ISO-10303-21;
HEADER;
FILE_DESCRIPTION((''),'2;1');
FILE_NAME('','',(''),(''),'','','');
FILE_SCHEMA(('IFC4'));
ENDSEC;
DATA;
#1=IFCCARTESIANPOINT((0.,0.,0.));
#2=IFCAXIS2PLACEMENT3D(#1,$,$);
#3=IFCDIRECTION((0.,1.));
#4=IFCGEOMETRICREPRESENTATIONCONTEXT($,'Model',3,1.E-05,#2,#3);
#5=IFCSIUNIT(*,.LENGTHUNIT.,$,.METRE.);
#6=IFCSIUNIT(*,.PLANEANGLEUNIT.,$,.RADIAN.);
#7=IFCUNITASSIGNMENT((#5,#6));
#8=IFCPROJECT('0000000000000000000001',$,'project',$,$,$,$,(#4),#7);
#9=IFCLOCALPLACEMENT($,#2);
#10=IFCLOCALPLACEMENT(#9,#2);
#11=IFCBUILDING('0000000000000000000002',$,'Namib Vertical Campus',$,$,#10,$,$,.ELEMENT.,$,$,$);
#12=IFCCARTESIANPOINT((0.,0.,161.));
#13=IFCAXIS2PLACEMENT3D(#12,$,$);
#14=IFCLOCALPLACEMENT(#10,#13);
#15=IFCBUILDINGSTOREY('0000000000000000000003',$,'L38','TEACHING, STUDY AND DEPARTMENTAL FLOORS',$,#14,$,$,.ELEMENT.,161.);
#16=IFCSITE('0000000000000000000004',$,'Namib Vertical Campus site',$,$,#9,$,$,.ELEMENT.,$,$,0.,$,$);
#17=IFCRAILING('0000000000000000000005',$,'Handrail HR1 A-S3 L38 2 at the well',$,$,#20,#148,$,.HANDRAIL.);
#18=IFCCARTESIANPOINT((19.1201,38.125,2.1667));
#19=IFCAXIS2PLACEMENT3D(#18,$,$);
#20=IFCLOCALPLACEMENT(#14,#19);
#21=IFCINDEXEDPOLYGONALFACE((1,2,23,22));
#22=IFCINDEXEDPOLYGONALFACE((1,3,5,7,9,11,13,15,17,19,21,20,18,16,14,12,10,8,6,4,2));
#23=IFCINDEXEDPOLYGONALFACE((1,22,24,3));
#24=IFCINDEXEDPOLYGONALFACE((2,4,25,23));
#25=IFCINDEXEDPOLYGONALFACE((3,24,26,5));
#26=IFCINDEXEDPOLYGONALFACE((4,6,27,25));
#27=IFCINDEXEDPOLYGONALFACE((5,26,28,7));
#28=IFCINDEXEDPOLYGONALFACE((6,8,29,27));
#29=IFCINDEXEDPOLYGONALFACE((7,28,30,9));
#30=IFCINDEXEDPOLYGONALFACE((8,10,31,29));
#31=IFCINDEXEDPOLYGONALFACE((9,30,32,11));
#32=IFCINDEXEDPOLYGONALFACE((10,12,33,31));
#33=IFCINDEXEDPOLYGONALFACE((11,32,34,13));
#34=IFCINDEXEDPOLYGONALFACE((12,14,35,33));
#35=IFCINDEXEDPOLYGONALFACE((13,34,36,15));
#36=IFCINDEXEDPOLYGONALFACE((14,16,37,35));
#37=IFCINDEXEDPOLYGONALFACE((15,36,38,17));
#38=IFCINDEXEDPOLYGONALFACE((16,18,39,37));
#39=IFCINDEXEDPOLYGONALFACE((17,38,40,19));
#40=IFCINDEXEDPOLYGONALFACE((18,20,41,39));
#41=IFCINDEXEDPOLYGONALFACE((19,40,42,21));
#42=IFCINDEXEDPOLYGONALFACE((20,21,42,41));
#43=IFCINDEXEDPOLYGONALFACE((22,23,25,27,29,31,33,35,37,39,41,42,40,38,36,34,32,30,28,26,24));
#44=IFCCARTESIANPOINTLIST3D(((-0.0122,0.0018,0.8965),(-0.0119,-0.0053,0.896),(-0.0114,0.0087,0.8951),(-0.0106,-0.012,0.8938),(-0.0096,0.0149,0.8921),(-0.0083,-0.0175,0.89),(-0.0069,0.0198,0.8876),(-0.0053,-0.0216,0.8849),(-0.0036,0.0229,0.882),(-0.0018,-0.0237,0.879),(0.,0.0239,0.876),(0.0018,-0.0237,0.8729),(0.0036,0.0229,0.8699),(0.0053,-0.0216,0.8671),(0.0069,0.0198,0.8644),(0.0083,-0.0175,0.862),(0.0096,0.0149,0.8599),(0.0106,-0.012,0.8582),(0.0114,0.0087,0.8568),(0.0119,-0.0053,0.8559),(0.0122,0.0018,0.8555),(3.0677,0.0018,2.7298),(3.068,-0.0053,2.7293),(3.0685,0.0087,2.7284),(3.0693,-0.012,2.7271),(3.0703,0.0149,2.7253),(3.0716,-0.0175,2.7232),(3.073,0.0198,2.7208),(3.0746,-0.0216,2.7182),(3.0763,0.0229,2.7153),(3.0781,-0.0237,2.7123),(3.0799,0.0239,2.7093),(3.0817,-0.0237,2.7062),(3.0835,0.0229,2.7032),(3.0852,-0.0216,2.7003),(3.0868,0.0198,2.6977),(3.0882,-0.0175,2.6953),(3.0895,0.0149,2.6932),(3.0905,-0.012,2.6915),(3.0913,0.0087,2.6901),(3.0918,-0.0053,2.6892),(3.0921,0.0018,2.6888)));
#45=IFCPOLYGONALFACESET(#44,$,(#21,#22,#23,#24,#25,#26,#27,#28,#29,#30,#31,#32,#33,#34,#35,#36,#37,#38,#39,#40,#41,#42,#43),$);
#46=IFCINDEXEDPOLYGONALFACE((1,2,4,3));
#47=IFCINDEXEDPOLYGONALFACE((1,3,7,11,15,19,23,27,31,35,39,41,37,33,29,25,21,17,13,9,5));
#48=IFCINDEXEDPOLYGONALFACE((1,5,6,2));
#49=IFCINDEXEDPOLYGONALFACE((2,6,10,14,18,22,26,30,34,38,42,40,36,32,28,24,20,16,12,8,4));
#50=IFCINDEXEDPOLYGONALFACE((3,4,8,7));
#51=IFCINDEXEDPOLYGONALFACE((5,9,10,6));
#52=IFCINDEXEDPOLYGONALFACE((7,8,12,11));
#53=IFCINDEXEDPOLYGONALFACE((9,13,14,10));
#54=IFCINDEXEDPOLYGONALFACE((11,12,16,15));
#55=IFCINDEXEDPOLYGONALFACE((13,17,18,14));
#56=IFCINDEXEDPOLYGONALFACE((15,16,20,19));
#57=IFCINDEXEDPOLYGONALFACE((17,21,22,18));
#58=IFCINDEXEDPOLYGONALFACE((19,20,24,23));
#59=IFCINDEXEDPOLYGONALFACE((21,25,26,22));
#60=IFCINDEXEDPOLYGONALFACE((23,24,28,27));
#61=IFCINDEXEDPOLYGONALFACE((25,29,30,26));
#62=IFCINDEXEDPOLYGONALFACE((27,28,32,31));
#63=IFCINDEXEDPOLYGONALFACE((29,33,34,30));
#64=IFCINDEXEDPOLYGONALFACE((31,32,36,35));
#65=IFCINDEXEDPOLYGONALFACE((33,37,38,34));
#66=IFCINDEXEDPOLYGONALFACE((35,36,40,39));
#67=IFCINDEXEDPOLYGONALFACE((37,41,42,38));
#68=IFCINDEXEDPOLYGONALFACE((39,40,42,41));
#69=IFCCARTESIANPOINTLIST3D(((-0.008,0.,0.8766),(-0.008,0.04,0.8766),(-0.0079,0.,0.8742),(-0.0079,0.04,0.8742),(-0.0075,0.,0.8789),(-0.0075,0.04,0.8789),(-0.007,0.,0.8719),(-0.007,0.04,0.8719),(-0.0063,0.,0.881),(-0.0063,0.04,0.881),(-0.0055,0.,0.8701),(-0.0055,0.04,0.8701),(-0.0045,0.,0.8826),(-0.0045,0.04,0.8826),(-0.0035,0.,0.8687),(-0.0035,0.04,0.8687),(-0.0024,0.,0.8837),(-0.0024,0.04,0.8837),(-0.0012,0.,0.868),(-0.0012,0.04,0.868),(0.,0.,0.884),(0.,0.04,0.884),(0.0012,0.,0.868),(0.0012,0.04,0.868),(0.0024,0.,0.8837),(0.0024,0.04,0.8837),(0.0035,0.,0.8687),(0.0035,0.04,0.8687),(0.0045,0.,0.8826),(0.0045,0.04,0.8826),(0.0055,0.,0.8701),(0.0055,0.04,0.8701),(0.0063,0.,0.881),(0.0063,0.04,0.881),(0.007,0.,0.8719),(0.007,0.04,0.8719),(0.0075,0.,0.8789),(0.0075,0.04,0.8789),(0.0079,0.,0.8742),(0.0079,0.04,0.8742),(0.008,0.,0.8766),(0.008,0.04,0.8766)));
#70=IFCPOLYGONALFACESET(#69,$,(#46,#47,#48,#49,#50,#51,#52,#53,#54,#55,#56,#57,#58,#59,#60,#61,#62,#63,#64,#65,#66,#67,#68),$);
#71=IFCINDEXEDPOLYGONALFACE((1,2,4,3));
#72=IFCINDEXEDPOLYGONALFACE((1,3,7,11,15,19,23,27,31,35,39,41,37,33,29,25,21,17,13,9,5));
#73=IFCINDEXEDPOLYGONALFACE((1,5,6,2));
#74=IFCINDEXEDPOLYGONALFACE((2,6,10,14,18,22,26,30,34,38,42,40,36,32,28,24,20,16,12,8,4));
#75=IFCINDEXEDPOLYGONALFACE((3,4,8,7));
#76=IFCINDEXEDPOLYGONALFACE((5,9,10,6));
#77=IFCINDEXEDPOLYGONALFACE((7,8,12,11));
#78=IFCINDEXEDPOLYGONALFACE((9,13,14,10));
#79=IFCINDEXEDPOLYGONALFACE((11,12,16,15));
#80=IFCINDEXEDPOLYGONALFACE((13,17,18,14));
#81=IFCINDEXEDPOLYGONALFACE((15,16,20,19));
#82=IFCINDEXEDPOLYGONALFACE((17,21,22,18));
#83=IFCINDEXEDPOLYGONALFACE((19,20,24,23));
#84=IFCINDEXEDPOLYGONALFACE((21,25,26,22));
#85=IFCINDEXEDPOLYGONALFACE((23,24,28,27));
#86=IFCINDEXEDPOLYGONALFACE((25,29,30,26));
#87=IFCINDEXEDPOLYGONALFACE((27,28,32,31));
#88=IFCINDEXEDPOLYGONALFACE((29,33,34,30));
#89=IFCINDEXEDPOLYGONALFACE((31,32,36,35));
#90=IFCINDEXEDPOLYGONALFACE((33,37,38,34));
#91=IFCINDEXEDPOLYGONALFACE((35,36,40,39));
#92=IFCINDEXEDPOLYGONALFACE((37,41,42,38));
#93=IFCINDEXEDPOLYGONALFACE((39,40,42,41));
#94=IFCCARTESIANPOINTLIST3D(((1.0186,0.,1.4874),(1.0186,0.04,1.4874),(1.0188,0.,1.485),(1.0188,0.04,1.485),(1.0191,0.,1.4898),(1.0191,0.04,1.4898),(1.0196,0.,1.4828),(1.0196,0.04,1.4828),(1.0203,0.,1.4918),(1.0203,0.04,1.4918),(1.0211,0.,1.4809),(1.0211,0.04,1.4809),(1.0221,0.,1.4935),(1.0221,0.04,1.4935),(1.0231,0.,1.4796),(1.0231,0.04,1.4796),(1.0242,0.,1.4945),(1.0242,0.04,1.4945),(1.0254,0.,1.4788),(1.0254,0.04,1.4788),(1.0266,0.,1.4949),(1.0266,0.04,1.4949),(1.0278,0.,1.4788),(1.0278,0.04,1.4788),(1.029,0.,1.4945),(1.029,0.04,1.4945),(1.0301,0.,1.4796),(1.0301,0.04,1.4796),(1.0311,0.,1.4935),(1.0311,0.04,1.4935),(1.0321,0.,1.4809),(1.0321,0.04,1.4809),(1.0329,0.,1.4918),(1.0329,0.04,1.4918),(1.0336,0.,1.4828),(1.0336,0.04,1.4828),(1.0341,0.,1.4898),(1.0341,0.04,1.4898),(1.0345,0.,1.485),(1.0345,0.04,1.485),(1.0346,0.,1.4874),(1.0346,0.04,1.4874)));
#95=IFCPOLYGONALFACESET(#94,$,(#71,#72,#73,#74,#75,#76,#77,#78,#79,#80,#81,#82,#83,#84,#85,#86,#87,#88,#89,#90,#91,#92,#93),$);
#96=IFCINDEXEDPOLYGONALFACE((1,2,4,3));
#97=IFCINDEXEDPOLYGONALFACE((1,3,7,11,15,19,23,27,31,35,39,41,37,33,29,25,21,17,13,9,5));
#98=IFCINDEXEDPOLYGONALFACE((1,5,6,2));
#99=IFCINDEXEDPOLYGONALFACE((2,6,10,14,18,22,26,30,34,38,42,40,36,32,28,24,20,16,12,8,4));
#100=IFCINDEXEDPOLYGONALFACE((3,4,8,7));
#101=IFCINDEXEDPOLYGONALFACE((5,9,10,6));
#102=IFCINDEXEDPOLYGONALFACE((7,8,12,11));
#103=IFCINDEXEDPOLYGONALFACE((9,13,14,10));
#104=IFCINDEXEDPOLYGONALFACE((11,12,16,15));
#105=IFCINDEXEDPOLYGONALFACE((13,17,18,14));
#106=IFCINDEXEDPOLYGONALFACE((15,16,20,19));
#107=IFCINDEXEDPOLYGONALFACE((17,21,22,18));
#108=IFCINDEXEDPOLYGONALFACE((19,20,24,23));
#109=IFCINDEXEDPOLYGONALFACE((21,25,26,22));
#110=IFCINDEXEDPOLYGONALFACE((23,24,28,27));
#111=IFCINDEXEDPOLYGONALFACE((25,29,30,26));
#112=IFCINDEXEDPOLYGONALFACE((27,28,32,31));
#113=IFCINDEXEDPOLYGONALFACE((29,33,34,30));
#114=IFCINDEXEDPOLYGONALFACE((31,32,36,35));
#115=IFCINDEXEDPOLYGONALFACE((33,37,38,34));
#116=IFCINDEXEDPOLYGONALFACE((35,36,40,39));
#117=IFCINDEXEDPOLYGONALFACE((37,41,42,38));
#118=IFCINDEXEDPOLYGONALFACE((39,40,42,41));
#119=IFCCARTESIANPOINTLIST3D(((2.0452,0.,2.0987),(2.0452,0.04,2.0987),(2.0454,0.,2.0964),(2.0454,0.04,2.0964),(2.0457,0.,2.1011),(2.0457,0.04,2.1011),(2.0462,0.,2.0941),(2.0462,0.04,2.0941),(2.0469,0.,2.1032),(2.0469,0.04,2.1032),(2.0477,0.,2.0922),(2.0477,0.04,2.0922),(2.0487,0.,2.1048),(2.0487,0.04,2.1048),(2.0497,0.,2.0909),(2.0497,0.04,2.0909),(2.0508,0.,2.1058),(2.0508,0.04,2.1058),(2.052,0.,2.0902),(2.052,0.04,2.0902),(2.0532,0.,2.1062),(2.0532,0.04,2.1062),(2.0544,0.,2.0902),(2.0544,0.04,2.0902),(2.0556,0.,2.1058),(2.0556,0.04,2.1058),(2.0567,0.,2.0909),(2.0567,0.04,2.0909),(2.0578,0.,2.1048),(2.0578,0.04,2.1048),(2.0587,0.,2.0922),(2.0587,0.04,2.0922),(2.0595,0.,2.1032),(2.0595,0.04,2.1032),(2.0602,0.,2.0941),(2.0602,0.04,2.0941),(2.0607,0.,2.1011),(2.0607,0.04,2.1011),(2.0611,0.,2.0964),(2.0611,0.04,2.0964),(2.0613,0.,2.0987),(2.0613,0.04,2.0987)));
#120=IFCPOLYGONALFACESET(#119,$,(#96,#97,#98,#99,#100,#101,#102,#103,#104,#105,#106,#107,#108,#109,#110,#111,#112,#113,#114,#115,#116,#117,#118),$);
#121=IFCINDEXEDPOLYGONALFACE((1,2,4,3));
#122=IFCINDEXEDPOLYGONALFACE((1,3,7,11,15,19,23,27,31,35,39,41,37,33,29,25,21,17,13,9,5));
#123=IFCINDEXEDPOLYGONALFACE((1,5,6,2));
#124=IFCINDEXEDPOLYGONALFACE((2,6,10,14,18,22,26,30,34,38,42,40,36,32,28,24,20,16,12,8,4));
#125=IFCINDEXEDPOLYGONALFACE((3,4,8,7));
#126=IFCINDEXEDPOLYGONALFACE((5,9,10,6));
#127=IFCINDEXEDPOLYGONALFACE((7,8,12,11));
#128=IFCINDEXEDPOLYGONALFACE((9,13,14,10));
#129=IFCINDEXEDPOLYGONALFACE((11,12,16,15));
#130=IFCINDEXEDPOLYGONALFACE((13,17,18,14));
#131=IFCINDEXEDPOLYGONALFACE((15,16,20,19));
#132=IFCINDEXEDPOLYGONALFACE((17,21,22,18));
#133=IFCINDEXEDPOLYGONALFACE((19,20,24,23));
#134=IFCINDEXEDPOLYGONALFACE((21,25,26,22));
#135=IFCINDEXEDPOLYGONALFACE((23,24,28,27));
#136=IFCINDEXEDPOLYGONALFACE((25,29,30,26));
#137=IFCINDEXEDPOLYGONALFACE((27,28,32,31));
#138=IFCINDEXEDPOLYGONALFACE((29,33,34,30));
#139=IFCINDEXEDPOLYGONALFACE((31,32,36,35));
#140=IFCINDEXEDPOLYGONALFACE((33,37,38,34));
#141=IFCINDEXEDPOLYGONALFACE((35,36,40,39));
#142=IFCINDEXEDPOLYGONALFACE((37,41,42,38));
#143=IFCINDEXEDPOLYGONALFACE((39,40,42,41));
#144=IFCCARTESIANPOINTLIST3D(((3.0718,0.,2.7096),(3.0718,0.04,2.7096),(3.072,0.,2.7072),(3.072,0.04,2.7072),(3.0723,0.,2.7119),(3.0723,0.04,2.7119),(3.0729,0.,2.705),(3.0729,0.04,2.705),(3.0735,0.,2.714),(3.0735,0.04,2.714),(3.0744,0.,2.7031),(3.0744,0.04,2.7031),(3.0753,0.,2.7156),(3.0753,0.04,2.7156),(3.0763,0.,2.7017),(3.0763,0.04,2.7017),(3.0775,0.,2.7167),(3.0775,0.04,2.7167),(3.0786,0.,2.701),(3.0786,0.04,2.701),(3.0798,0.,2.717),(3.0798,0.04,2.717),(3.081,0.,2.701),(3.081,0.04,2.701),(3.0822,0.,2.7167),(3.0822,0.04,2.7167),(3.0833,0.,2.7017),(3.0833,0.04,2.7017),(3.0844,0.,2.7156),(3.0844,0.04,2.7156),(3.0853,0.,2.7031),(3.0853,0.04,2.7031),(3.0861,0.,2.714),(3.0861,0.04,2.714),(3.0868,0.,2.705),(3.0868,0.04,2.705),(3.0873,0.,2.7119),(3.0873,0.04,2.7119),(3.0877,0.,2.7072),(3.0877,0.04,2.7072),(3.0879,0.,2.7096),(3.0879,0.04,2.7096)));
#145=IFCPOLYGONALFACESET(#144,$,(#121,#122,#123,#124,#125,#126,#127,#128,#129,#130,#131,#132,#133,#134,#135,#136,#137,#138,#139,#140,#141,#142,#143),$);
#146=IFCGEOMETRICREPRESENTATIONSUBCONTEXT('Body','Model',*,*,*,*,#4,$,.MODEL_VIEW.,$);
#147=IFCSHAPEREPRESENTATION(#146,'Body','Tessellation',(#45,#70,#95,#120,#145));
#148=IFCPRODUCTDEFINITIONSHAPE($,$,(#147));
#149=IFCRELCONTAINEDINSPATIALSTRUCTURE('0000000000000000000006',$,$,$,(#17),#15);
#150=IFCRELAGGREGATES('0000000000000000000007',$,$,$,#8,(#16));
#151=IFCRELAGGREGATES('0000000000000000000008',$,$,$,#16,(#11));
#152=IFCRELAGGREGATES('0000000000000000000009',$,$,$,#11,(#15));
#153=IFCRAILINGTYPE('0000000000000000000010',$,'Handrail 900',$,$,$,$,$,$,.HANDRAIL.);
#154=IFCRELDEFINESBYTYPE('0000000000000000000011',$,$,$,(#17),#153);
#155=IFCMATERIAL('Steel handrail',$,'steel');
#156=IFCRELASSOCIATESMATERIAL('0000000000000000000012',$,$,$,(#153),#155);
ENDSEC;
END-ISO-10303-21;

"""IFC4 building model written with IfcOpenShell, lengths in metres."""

from ifc_helpers import new_model, si_unit, direction, frame, origin, origin_2d, place, context, subcontext, project, spatial, circle, extrude, material, type_object, element, save


model = new_model("IFC4")

# Units and contexts
model_context = context("Model", 3, precision=1e-05, world=origin(), true_north=direction((0.0, 1.0)))
body_context = subcontext(model_context, "Body", "Model", "MODEL_VIEW")
ifc_project = project(units=[si_unit("LENGTHUNIT", "METRE"), si_unit("PLANEANGLEUNIT", "RADIAN")], contexts=[model_context])

# Site, building, storey
site_placement = place(None, origin())
site = spatial("IfcSite", under=ifc_project, at=site_placement, Name="Namib Vertical Campus site", CompositionType="ELEMENT", RefElevation=0.0)
building_placement = place(site_placement, origin())
building = spatial("IfcBuilding", under=site, at=building_placement, Name="Namib Vertical Campus", CompositionType="ELEMENT")
storey_placement = place(building_placement, frame((0.0, 0.0, 161.0)))
storey = spatial("IfcBuildingStorey", under=building, at=storey_placement, Name="L38", Description="TEACHING, STUDY AND DEPARTMENTAL FLOORS", CompositionType="ELEMENT", Elevation=161.0)

# Railing
ifc_material_1 = material(Name="Steel handrail", Category="steel")
railing_type_1 = type_object("IfcRailingType", Name="Handrail 900", PredefinedType="HANDRAIL", material=ifc_material_1)
railing_1_placement = place(storey_placement, frame((19.1201, 38.125, 2.1667)))
element("IfcRailing", 1, at=railing_1_placement, inside=storey, type_object=railing_type_1, Name="Handrail HR1 A-S3 L38 2 at the well", PredefinedType="HANDRAIL", context=body_context, shape_type="SweptSolid", body=[
    extrude(circle(Radius=0.0239, at=origin_2d()), frame((0.0, 0.0, 0.876), z_axis=(0.859291, 0.0, 0.511487), x_axis=(0.0, 1.0, 0.0)), (0.0, 0.0, 1.0), 3.5842),
    extrude(circle(Radius=0.0081, at=origin_2d()), frame((0.0, 0.0, 0.876), z_axis=(0.0, 1.0, 0.0), x_axis=(0.0, 0.0, 1.0)), (0.0, 0.0, 1.0), 0.04),
    extrude(circle(Radius=0.0081, at=origin_2d()), frame((1.0266, 0.0, 1.4868), z_axis=(0.0, 1.0, 0.0), x_axis=(0.0, 0.0, 1.0)), (0.0, 0.0, 1.0), 0.04),
    extrude(circle(Radius=0.0081, at=origin_2d()), frame((2.0532, 0.0, 2.0981), z_axis=(0.0, 1.0, 0.0), x_axis=(0.0, 0.0, 1.0)), (0.0, 0.0, 1.0), 0.04),
    extrude(circle(Radius=0.0081, at=origin_2d()), frame((3.0798, 0.0, 2.709), z_axis=(0.0, 1.0, 0.0), x_axis=(0.0, 0.0, 1.0)), (0.0, 0.0, 1.0), 0.04),
])

save(model, "model.ifc")
